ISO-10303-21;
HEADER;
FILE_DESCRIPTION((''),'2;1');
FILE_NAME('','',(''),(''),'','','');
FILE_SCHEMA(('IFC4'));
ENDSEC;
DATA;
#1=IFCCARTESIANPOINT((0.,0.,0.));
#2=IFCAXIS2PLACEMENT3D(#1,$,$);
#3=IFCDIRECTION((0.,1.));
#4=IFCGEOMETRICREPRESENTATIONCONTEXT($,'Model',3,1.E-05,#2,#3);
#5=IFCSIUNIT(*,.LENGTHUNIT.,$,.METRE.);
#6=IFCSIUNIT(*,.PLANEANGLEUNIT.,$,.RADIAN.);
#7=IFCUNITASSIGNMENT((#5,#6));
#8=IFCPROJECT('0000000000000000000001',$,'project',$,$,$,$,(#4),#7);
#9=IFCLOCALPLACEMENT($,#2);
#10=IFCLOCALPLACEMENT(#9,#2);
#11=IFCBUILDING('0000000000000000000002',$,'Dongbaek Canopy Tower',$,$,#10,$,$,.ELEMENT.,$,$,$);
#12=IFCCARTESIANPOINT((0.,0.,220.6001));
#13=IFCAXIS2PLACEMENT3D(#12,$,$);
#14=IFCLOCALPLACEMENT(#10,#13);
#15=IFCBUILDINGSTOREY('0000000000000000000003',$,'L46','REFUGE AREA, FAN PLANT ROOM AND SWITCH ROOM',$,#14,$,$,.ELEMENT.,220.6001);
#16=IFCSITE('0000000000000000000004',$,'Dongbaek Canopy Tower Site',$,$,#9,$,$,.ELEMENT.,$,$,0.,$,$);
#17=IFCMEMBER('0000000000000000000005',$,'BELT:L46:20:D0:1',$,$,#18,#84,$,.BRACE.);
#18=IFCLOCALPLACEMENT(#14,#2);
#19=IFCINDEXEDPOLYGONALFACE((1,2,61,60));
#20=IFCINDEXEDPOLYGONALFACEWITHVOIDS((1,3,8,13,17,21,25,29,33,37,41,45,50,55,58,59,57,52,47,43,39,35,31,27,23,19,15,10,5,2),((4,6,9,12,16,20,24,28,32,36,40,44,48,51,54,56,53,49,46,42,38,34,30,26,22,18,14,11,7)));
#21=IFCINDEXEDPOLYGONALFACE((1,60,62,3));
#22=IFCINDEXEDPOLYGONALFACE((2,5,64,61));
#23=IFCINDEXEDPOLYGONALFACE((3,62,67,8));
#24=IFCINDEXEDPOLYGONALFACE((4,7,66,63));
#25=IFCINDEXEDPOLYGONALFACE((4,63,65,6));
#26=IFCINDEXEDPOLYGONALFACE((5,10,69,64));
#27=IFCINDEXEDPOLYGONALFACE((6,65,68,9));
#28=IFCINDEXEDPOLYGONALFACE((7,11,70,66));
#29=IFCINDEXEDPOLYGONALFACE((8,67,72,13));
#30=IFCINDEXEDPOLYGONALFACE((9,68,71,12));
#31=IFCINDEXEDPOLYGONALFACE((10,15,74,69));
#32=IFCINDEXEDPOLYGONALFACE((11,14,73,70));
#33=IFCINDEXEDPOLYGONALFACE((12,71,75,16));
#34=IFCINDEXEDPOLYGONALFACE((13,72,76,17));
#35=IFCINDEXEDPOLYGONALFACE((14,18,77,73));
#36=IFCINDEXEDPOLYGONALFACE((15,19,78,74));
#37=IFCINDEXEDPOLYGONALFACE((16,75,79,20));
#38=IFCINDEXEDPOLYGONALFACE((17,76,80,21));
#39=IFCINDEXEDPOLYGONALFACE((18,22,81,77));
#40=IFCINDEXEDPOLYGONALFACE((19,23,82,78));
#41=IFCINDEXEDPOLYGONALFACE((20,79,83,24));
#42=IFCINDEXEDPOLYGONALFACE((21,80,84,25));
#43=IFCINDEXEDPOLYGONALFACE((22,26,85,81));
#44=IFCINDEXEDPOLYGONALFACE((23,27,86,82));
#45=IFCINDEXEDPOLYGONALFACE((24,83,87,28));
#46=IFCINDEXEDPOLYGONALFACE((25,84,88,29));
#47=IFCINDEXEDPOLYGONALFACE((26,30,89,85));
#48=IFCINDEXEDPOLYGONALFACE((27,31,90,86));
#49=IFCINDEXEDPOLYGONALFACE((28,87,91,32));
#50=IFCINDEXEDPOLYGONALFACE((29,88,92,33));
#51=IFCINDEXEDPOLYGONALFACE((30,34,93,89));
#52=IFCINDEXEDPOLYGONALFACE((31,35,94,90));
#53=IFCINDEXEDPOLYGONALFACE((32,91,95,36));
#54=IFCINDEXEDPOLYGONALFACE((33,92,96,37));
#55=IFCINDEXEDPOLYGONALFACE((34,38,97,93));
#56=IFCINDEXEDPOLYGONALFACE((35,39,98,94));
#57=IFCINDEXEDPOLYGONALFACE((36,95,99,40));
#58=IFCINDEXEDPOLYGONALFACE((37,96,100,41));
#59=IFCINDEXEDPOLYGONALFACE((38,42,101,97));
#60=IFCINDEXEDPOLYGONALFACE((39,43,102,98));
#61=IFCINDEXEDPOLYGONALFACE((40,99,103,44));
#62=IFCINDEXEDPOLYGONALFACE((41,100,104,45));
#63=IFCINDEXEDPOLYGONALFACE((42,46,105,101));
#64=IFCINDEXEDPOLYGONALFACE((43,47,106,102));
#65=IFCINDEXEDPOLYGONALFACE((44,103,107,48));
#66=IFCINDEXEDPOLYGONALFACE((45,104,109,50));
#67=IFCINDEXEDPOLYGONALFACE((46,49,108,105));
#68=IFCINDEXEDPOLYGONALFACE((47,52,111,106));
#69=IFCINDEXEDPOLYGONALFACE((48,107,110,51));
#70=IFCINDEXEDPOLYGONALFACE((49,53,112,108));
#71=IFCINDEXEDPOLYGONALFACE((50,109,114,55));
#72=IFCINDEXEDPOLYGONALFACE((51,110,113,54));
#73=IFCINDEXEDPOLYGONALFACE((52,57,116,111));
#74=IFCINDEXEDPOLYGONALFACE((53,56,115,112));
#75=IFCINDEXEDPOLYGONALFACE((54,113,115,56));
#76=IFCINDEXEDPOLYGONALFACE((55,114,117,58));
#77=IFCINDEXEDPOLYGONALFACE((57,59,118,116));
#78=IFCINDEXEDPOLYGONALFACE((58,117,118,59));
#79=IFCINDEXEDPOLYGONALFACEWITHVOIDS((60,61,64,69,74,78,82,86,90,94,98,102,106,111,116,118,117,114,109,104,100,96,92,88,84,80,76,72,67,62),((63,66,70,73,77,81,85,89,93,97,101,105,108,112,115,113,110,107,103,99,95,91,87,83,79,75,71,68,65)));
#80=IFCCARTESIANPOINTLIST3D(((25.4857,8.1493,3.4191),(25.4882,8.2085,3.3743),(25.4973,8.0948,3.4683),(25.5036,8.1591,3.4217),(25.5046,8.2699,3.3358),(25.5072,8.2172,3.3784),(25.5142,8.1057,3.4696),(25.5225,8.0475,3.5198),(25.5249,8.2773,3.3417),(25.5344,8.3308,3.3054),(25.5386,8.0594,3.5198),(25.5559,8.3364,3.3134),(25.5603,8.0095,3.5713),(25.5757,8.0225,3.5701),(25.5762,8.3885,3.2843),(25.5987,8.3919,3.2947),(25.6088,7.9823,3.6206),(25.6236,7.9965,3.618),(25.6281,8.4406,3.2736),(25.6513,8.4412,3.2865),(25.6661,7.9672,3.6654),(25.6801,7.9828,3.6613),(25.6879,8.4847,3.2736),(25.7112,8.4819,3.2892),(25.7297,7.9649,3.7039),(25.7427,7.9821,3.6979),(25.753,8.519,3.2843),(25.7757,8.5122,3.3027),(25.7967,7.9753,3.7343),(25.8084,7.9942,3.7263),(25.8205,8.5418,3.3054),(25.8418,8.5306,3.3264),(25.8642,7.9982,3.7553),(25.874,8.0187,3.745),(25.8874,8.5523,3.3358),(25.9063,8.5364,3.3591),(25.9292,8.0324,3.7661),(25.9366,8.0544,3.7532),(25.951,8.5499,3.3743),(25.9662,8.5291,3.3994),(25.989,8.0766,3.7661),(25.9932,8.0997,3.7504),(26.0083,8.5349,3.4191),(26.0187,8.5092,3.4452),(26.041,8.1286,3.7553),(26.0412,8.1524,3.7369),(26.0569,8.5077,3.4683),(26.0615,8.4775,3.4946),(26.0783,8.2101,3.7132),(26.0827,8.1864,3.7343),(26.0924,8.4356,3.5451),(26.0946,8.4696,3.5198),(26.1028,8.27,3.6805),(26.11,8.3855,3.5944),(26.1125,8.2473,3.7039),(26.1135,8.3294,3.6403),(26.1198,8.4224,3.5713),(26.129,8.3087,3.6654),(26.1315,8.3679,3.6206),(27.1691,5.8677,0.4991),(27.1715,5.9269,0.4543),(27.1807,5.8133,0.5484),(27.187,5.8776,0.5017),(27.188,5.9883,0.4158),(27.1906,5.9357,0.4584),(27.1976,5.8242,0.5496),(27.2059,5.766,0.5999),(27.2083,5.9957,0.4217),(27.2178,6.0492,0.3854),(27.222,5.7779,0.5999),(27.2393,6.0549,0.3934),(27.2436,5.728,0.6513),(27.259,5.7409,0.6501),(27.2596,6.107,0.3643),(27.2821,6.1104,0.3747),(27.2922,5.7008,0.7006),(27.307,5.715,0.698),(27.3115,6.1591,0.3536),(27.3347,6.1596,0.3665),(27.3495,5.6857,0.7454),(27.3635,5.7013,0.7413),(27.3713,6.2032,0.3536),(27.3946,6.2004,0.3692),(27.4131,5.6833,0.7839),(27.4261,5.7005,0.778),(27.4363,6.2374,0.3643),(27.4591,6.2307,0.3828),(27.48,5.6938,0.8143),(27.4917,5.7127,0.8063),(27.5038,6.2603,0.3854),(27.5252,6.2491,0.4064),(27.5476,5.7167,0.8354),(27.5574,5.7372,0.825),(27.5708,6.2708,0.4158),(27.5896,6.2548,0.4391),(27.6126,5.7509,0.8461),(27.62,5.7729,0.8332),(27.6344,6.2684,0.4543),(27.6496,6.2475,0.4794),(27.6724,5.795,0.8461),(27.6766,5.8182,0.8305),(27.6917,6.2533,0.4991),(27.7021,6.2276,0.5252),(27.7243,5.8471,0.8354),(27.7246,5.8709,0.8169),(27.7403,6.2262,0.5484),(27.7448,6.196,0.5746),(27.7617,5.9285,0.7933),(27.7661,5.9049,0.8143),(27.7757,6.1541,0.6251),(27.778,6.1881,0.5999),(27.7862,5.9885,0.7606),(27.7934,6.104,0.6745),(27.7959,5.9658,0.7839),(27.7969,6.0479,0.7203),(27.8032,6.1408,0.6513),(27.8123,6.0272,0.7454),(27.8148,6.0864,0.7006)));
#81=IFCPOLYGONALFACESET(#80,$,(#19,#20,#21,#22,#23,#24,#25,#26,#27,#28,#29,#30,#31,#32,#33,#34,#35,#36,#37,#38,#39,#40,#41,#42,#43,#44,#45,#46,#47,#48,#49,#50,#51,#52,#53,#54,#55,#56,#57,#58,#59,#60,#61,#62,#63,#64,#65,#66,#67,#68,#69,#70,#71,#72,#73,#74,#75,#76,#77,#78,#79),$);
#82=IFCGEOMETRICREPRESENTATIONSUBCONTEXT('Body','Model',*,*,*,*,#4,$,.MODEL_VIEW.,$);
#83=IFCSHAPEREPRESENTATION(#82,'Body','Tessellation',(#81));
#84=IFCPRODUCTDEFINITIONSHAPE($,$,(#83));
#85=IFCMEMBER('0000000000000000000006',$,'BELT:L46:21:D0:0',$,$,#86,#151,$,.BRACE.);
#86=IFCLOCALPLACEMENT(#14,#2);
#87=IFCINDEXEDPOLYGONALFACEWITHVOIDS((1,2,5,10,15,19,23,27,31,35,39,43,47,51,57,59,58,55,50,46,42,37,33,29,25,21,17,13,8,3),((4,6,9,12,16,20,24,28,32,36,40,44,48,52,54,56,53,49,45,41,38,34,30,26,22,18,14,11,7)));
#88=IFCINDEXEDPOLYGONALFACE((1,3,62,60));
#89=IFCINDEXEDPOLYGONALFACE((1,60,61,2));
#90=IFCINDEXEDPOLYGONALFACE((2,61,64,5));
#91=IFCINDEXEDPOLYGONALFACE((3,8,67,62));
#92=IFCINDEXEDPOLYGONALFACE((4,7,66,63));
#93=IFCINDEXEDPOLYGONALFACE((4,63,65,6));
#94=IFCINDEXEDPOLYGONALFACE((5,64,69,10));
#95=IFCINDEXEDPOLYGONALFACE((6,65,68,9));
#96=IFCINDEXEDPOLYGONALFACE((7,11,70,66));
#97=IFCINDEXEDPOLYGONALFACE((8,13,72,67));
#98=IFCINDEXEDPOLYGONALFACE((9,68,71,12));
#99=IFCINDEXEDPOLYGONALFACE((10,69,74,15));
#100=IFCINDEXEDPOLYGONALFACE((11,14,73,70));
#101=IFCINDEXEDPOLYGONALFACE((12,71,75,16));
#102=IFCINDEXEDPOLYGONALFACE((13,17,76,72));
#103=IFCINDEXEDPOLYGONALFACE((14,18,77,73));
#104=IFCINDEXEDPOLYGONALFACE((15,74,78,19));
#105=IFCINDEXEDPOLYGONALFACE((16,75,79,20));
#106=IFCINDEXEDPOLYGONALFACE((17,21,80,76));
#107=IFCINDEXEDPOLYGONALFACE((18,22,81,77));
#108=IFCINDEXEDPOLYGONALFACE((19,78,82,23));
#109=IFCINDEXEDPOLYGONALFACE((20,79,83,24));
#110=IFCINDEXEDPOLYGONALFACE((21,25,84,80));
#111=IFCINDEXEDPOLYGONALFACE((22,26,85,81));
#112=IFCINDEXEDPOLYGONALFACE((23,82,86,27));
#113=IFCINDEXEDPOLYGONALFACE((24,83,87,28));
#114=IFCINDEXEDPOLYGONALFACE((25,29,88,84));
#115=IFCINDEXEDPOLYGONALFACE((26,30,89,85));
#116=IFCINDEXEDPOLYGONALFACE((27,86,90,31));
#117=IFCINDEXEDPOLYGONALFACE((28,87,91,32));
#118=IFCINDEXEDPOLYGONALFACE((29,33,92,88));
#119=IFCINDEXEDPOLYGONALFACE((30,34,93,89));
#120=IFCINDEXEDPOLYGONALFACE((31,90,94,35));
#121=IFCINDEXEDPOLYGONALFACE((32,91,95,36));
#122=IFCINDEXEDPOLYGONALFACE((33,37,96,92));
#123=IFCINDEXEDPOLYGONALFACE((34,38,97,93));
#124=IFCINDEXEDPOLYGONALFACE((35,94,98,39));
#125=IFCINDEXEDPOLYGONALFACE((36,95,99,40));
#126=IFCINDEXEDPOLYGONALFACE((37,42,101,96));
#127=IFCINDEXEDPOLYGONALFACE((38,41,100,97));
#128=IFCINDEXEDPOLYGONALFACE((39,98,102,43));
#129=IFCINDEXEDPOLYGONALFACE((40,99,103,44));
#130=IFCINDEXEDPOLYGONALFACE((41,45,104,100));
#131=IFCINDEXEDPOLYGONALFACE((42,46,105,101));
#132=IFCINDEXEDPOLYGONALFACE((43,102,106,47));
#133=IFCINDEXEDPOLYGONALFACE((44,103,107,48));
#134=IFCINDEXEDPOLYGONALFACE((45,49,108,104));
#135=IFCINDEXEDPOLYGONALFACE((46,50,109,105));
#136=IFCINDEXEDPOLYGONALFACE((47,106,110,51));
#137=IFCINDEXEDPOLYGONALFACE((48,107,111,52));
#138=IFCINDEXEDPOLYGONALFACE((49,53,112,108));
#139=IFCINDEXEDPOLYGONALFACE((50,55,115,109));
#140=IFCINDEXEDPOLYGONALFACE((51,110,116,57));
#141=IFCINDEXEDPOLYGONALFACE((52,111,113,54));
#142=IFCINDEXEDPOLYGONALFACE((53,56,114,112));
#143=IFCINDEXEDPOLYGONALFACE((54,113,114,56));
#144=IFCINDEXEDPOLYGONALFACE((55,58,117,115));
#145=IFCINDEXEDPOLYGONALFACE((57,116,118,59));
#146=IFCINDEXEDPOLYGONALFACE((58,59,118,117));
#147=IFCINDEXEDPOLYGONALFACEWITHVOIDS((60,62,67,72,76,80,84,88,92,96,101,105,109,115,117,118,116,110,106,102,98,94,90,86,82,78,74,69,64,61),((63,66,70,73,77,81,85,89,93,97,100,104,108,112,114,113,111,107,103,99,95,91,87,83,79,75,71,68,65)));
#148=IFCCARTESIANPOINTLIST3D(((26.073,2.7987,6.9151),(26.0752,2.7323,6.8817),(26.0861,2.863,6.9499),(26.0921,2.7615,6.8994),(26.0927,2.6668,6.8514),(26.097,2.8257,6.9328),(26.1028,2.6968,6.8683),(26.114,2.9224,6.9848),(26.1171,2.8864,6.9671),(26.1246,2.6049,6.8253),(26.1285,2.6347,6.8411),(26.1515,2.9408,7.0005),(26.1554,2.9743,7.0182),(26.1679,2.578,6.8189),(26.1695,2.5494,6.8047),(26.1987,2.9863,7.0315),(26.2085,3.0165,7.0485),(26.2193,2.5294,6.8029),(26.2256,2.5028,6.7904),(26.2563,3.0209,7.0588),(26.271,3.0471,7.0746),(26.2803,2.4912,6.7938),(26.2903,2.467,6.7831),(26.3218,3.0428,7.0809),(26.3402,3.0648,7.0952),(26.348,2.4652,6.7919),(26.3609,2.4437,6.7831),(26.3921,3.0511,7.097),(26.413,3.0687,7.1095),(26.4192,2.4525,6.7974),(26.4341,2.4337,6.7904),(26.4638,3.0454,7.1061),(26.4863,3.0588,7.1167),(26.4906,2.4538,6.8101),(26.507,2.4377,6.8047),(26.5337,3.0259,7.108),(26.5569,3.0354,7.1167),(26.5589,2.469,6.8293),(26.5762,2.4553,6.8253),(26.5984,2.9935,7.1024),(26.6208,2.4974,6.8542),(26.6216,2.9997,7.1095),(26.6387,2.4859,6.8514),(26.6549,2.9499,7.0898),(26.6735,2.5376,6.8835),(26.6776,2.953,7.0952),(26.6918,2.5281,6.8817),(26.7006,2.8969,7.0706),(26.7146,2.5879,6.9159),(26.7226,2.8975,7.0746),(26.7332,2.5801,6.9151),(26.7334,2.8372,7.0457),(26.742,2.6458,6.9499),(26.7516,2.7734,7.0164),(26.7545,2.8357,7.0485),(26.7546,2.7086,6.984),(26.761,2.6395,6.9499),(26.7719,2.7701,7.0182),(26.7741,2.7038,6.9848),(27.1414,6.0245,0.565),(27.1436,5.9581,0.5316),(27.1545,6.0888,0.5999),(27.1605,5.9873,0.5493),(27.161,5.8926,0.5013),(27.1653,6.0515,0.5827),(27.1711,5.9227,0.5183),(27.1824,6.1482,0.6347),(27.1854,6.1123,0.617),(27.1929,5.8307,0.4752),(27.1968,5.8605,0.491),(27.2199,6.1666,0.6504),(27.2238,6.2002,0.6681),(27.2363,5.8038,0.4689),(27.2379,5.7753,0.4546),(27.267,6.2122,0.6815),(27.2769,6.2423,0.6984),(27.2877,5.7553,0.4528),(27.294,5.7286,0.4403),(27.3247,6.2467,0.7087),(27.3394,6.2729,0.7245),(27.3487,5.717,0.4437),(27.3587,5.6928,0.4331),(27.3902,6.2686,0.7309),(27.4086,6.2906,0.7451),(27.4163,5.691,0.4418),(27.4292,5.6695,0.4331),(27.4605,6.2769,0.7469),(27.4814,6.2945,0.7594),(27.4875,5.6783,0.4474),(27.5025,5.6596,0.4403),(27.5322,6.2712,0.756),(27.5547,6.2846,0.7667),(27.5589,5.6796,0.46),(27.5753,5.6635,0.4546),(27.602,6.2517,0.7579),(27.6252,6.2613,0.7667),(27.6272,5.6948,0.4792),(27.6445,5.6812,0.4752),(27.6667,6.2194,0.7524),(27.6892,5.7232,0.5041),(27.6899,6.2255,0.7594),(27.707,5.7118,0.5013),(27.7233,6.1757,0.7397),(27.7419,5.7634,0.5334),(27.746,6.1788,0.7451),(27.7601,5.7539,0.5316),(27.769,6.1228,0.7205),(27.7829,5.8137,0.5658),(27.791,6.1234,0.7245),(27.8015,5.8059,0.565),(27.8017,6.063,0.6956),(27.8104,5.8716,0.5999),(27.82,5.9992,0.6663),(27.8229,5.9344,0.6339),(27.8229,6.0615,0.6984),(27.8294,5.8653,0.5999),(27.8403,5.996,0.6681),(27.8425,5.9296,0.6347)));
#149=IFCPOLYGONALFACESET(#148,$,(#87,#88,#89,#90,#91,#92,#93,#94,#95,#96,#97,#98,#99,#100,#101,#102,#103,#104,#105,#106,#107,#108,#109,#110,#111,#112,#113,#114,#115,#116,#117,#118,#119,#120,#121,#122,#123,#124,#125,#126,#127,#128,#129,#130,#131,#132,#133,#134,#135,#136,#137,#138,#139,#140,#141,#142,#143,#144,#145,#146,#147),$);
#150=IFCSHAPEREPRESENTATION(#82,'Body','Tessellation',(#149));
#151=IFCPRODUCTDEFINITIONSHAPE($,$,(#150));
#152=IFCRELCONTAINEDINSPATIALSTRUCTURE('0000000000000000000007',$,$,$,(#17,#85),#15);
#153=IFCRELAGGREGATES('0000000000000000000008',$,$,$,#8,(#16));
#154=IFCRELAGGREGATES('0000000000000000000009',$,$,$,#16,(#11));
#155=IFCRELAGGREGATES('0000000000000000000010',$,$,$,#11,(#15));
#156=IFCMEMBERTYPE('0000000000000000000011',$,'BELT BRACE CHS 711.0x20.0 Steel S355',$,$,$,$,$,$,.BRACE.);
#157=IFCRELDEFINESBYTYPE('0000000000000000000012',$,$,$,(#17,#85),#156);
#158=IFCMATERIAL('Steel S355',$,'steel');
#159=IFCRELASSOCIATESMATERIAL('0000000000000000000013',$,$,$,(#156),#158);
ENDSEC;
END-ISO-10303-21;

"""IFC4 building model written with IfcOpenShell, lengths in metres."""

from ifc_helpers import new_model, si_unit, direction, frame, origin, origin_2d, place, context, subcontext, project, spatial, hollow_circle, extrude, material, material_profile, profile_set, type_object, element, save


model = new_model("IFC4")

# Units and contexts
model_context = context("Model", 3, precision=1e-05, world=origin(), true_north=direction((0.0, 1.0)))
body_context = subcontext(model_context, "Body", "Model", "MODEL_VIEW")
ifc_project = project(units=[si_unit("LENGTHUNIT", "METRE"), si_unit("PLANEANGLEUNIT", "RADIAN")], contexts=[model_context])

# Site, building, storey
site_placement = place(None, origin())
site = spatial("IfcSite", under=ifc_project, at=site_placement, Name="Dongbaek Canopy Tower Site", CompositionType="ELEMENT", RefElevation=0.0)
building_placement = place(site_placement, origin())
building = spatial("IfcBuilding", under=site, at=building_placement, Name="Dongbaek Canopy Tower", CompositionType="ELEMENT")
storey_placement = place(building_placement, frame((0.0, 0.0, 220.6001)))
storey = spatial("IfcBuildingStorey", under=building, at=storey_placement, Name="L46", Description="REFUGE AREA, FAN PLANT ROOM AND SWITCH ROOM", CompositionType="ELEMENT", Elevation=220.6001)

# Members
ifc_material_1 = material(Name="Steel S355", Category="steel")
ifc_material_profile_1 = material_profile(ifc_material_1, hollow_circle(Radius=0.3555, WallThickness=0.02, at=origin_2d()), Name="BELT BRACE CHS 711.0x20.0 Steel S355")
ifc_profile_set_1 = profile_set([ifc_material_profile_1], Name="Steel S355")
member_type_1 = type_object("IfcMemberType", Name="BELT BRACE CHS 711.0x20.0 Steel S355", PredefinedType="BRACE", material=ifc_profile_set_1)
member_1_placement = place(storey_placement, frame((27.4919, 5.9771, 0.5999), z_axis=(-0.4136, 0.560565, 0.717427), x_axis=(-0.804677, -0.593713, 0.0)))
element("IfcMember", 1, at=member_1_placement, inside=storey, type_object=member_type_1, Name="BELT:L46:20:D0:1", PredefinedType="BRACE", context=body_context, shape_type="SweptSolid", body=[
    extrude(hollow_circle(Radius=0.3555, WallThickness=0.02, at=origin_2d()), origin(), (0.0, 0.0, 1.0), 4.0701),
])
member_2_placement = place(storey_placement, frame((27.4919, 5.9771, 0.5999), z_axis=(-0.148339, -0.447898, 0.881693), x_axis=(0.949292, -0.314395, 0.0)))
element("IfcMember", 2, at=member_2_placement, inside=storey, type_object=member_type_1, Name="BELT:L46:21:D0:0", PredefinedType="BRACE", context=body_context, shape_type="SweptSolid", body=[
    extrude(hollow_circle(Radius=0.3555, WallThickness=0.02, at=origin_2d()), origin(), (0.0, 0.0, 1.0), 7.2021),
])

save(model, "model.ifc")
